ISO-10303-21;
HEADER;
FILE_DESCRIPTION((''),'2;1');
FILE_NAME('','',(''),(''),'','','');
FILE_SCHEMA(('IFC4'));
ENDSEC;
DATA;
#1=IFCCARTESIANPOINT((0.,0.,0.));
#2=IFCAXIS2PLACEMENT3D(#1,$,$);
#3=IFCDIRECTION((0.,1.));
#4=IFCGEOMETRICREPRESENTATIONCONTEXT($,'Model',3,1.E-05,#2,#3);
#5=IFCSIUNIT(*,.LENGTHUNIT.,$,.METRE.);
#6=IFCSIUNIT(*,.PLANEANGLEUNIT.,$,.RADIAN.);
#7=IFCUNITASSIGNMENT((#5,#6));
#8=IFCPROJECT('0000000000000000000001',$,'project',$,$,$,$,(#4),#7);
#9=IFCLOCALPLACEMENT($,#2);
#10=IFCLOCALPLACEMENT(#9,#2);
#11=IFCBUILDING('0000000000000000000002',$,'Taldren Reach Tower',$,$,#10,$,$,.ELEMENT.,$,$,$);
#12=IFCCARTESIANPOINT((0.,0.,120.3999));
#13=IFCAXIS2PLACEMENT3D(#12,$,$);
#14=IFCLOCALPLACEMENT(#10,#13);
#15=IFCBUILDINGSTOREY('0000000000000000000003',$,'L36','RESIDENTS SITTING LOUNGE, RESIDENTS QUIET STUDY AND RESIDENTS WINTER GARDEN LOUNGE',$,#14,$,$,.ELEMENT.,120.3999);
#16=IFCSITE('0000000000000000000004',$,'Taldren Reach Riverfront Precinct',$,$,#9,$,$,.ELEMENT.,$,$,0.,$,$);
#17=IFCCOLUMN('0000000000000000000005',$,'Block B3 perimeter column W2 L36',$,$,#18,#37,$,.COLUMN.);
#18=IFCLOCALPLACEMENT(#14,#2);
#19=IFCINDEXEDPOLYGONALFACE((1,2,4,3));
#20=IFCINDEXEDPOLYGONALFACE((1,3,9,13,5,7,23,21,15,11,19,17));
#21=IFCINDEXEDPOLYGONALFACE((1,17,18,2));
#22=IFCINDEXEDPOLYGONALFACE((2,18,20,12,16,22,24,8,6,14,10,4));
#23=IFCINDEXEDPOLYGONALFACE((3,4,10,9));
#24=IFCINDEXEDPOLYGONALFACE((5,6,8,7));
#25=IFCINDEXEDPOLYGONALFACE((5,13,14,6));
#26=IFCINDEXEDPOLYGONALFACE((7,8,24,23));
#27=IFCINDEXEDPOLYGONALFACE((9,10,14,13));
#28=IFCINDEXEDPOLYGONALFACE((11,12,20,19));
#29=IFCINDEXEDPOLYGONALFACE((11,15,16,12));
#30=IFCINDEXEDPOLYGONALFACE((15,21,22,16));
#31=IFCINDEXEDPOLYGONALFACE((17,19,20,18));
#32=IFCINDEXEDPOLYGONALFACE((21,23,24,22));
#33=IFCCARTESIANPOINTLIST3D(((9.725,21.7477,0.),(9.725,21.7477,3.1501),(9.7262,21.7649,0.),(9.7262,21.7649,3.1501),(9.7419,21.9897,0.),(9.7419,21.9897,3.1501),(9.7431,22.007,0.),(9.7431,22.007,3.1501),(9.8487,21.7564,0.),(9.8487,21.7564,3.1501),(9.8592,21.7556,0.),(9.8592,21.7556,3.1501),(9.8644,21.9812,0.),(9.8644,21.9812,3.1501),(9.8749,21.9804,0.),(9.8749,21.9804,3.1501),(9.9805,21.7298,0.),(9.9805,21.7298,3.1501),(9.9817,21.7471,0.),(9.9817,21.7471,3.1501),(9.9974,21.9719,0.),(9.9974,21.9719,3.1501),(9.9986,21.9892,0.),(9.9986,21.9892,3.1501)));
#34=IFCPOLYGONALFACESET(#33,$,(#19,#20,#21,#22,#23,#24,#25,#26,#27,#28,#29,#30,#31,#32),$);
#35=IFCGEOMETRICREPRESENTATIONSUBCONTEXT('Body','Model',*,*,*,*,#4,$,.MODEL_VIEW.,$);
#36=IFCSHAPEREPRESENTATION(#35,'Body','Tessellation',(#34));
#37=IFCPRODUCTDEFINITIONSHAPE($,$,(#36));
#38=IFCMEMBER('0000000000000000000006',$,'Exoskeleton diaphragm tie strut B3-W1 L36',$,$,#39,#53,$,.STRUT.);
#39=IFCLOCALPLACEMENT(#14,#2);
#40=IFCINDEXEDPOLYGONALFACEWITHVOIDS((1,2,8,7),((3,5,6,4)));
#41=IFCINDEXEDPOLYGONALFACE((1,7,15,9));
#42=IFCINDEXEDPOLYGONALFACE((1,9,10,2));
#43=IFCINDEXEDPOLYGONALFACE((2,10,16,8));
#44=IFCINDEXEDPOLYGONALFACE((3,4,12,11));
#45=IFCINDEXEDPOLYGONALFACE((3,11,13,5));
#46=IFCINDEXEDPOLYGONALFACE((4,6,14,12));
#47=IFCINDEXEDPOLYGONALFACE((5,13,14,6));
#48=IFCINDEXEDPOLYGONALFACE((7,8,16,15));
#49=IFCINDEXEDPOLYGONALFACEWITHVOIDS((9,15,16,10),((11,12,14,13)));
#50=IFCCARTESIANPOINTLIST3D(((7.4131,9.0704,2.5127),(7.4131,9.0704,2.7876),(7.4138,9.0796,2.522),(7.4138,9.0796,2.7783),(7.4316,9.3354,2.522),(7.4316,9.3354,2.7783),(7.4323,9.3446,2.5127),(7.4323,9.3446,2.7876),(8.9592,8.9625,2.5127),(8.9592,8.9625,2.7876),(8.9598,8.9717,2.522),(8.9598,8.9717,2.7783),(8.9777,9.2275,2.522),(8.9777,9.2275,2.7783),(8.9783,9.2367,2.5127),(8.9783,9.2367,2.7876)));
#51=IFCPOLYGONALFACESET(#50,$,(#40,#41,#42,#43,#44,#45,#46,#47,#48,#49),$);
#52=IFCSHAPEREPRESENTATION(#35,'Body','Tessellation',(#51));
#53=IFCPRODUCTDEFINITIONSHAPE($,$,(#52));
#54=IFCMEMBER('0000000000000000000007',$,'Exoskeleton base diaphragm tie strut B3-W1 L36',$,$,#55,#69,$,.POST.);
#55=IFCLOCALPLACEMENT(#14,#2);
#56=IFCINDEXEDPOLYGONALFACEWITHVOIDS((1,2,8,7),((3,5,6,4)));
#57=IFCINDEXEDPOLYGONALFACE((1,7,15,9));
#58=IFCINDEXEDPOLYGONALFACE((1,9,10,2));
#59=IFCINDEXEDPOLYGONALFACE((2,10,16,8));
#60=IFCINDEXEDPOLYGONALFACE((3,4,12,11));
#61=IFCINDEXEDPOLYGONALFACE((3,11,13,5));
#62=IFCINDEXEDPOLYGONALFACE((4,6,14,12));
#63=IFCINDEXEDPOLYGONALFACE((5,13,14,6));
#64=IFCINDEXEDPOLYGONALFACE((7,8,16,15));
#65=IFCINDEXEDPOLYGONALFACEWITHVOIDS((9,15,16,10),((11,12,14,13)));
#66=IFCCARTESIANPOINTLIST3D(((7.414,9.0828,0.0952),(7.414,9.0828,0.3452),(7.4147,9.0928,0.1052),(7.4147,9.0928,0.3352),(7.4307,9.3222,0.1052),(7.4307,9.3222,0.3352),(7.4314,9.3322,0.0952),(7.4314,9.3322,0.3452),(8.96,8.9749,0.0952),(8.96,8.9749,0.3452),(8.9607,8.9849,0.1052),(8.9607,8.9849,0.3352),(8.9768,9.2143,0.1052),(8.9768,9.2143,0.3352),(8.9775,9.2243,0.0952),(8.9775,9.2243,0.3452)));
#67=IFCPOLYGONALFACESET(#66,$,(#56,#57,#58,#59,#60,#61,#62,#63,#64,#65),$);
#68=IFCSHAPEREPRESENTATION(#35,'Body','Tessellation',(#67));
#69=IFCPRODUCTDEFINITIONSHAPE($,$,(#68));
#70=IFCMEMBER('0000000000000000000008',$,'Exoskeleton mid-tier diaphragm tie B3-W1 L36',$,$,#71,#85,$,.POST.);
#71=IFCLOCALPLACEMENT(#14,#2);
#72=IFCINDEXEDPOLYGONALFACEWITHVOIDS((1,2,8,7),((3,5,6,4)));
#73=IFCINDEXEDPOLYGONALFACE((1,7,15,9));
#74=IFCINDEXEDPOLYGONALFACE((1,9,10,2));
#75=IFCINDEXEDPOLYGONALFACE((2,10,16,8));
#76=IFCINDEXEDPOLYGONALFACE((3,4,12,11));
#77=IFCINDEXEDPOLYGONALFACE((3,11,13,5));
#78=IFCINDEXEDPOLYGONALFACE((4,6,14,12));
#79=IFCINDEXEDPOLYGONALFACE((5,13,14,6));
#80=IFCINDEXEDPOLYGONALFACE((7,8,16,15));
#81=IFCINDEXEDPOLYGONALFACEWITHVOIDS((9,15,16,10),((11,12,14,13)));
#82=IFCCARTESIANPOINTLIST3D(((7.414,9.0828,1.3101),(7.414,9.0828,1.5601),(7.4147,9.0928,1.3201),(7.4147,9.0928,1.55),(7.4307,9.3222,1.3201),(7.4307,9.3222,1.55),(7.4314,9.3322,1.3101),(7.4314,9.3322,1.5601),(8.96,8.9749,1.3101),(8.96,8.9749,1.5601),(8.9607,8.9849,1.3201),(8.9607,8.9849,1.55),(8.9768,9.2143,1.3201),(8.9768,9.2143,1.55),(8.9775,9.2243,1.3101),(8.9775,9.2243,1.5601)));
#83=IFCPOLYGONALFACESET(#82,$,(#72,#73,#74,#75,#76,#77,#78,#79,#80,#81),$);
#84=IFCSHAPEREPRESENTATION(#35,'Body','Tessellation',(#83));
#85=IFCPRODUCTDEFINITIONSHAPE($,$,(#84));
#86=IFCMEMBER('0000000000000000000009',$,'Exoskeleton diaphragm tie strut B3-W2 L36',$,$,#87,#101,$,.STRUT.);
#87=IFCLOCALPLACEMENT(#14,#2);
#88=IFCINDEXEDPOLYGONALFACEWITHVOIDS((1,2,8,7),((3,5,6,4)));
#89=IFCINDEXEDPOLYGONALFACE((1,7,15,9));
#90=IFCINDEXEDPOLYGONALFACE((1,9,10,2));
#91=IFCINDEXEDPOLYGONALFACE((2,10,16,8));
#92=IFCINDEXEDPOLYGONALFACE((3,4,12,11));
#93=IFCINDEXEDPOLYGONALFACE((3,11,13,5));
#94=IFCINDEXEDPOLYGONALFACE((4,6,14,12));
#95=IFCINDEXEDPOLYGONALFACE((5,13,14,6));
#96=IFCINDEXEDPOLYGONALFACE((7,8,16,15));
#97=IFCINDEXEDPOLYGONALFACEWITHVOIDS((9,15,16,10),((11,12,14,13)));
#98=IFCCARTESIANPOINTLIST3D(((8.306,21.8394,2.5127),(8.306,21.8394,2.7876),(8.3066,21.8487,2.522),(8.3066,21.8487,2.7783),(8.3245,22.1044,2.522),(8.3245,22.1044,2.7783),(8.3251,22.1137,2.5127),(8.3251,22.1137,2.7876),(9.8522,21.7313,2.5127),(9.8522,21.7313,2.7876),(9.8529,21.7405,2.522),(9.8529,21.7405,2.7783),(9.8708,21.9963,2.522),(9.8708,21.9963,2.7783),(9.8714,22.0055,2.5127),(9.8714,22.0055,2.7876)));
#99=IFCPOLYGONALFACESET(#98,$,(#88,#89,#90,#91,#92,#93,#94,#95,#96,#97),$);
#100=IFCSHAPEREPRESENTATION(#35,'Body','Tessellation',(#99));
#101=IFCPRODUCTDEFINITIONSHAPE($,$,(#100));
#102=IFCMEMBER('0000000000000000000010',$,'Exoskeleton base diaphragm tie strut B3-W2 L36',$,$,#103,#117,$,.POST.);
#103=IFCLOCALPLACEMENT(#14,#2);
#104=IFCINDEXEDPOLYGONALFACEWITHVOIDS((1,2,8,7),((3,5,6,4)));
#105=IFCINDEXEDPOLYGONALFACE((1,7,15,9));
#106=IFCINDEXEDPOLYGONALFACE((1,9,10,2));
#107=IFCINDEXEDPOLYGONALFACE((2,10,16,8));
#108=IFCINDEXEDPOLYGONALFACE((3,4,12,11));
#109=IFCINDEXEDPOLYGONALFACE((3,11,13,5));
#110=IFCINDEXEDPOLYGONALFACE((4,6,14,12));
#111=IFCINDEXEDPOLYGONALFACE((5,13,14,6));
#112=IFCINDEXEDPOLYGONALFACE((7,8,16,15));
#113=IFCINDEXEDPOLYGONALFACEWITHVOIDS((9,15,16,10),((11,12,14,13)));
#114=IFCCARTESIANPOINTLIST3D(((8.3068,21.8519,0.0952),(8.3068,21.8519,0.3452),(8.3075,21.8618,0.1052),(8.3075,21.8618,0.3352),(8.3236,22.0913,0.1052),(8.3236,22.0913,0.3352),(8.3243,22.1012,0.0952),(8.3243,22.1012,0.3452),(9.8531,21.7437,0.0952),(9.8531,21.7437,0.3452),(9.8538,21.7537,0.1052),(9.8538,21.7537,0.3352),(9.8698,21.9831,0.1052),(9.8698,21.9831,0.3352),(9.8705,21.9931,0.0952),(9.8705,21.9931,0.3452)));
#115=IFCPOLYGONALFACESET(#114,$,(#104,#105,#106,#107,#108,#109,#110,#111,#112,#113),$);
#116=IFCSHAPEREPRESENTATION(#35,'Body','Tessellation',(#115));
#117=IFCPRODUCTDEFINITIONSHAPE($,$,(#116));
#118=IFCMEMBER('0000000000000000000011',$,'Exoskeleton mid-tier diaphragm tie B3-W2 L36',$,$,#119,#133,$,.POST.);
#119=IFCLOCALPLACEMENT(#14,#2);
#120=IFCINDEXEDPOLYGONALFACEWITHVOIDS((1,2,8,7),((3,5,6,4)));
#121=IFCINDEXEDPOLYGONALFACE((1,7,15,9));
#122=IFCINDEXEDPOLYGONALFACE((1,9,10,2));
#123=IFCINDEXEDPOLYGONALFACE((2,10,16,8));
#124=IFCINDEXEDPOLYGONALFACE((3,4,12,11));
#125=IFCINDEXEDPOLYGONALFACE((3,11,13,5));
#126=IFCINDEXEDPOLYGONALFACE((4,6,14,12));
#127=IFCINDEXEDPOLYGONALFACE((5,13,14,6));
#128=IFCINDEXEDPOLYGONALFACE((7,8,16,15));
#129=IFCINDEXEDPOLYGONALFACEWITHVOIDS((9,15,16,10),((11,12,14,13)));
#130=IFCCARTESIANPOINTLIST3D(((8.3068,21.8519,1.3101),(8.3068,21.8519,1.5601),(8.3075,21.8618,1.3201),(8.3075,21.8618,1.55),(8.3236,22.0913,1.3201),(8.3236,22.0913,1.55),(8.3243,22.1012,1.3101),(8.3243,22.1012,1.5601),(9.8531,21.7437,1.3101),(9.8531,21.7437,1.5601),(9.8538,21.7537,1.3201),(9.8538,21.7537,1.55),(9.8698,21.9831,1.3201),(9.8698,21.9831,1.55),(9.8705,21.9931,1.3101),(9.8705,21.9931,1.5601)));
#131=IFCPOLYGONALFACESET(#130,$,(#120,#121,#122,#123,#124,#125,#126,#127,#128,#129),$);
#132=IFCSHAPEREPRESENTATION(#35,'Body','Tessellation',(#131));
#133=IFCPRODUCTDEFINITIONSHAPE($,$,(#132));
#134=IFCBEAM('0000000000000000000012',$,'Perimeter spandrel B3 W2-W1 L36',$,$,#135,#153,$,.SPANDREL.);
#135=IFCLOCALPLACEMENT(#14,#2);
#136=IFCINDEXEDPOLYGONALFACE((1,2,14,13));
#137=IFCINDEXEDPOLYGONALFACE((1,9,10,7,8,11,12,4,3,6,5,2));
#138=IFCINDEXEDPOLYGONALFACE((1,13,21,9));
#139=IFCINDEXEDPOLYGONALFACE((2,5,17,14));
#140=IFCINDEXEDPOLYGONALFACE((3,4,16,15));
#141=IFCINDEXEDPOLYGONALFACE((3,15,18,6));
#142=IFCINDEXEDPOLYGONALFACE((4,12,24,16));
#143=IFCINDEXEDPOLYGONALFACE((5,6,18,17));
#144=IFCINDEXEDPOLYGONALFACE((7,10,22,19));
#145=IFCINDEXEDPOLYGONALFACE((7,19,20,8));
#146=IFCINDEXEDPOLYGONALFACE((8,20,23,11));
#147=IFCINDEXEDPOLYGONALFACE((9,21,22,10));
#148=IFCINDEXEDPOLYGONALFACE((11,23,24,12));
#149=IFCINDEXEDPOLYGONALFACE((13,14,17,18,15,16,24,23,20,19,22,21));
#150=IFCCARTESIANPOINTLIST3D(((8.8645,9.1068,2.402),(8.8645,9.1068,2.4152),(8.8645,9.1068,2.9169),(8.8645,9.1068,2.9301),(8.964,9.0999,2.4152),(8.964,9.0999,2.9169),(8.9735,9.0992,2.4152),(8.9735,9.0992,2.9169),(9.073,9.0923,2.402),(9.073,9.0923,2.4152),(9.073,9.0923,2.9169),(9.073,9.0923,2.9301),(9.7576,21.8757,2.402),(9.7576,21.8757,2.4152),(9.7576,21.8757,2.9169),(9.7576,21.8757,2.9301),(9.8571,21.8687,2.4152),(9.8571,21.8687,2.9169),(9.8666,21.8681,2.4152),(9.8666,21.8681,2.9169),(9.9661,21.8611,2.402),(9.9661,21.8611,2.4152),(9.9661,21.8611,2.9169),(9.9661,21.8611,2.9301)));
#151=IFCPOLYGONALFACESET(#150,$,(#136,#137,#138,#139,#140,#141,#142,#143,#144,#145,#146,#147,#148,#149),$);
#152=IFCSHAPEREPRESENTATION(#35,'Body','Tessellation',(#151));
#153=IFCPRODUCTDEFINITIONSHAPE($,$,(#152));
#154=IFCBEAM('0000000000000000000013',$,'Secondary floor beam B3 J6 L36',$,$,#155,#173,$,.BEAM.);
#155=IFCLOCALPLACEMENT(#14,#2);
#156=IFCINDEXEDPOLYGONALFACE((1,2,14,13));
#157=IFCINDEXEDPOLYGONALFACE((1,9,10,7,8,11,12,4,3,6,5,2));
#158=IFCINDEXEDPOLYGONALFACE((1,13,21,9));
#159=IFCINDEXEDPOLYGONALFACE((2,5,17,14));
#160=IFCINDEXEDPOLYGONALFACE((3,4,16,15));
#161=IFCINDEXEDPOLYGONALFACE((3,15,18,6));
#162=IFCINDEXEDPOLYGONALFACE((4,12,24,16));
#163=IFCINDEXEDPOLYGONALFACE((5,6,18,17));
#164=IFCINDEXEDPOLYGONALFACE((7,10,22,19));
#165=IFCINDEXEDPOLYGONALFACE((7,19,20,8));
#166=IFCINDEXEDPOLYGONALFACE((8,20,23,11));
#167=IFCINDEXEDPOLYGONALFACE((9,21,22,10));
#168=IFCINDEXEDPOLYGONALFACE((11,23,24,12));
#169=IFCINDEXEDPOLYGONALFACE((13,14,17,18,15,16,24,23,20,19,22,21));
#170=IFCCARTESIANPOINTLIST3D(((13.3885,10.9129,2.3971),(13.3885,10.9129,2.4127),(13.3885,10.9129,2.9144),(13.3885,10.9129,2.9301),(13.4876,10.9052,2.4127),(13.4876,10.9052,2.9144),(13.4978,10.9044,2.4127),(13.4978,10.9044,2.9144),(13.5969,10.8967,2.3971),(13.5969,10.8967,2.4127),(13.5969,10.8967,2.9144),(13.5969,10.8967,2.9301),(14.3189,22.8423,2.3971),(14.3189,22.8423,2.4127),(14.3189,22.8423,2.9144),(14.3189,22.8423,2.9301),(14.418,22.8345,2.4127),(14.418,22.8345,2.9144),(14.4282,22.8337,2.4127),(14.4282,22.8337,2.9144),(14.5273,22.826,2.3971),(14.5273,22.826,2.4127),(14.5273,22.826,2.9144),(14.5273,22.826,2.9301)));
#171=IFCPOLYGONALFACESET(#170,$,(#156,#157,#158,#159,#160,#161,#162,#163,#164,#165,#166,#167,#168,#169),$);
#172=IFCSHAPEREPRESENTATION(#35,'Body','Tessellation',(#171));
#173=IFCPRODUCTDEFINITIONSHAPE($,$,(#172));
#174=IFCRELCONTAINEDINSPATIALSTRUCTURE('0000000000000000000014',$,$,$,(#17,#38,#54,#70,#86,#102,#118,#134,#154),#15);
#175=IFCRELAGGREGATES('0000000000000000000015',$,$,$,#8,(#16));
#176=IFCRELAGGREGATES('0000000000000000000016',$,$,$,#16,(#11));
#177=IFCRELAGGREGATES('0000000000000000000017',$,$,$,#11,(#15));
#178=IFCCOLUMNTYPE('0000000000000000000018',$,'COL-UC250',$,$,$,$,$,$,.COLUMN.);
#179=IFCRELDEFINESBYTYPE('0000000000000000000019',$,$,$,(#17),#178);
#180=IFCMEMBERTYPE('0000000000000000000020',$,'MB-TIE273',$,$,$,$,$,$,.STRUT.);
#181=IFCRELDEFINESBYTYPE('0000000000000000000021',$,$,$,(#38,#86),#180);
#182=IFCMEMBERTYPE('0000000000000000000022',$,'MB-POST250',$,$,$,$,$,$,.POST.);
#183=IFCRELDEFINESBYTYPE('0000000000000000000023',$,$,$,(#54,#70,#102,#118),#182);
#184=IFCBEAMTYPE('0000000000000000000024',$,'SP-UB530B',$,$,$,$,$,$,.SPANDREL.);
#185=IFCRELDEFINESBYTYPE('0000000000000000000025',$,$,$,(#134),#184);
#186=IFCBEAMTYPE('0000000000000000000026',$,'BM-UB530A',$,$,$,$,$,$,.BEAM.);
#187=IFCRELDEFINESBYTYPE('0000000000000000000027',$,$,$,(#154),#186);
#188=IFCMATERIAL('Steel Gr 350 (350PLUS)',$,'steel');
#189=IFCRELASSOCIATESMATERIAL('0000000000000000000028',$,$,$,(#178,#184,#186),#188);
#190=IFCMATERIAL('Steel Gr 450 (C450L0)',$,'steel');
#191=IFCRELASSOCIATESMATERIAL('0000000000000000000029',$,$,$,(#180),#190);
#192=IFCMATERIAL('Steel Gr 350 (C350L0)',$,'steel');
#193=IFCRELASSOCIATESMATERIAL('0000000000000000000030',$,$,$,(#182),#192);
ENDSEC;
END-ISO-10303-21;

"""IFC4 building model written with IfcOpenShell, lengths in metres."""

from ifc_helpers import new_model, si_unit, direction, frame, origin, origin_2d, place, context, subcontext, project, spatial, hollow_rectangle, i_section, extrude, source, transform, mapped, material, material_profile, profile_set, type_object, element, save


model = new_model("IFC4")

# Units and contexts
model_context = context("Model", 3, precision=1e-05, world=origin(), true_north=direction((0.0, 1.0)))
body_context = subcontext(model_context, "Body", "Model", "MODEL_VIEW")
ifc_project = project(units=[si_unit("LENGTHUNIT", "METRE"), si_unit("PLANEANGLEUNIT", "RADIAN")], contexts=[model_context])

# Site, building, storey
site_placement = place(None, origin())
site = spatial("IfcSite", under=ifc_project, at=site_placement, Name="Taldren Reach Riverfront Precinct", CompositionType="ELEMENT", RefElevation=0.0)
building_placement = place(site_placement, origin())
building = spatial("IfcBuilding", under=site, at=building_placement, Name="Taldren Reach Tower", CompositionType="ELEMENT")
storey_placement = place(building_placement, frame((0.0, 0.0, 120.3999)))
storey = spatial("IfcBuildingStorey", under=building, at=storey_placement, Name="L36", Description="RESIDENTS SITTING LOUNGE, RESIDENTS QUIET STUDY AND RESIDENTS WINTER GARDEN LOUNGE", CompositionType="ELEMENT", Elevation=120.3999)

# Column
ifc_material_1 = material(Name="Steel Gr 350 (350PLUS)", Category="steel")
ifc_material_profile_1 = material_profile(ifc_material_1, i_section(OverallWidth=0.2561, OverallDepth=0.26, WebThickness=0.0105, FlangeThickness=0.0173, at=origin_2d()), Name="250UC89.5")
ifc_profile_set_1 = profile_set([ifc_material_profile_1], Name="Steel Gr 350 (350PLUS)")
column_type = type_object("IfcColumnType", Name="COL-UC250", PredefinedType="COLUMN", material=ifc_profile_set_1)
shared_shape_1 = source(origin(), body_context, "Body", "SweptSolid", [
    extrude(i_section(OverallWidth=0.2561, OverallDepth=0.26, WebThickness=0.0105, FlangeThickness=0.0173, at=origin_2d()), origin(), (0.0, 0.0, 1.0), 3.1501),
])
column_placement = place(storey_placement, frame((9.8618, 21.8684, 0.0), z_axis=(0.0, 0.0, 1.0), x_axis=(0.997564, -0.069756, 0.0)))
element("IfcColumn", 1, at=column_placement, inside=storey, type_object=column_type, Name="Block B3 perimeter column W2 L36", PredefinedType="COLUMN", context=body_context, shape_type="MappedRepresentation", body=[
    mapped(shared_shape_1, transform((0.0, 0.0, 0.0), scale=1.0)),
])

# Members
ifc_material_2 = material(Name="Steel Gr 450 (C450L0)", Category="steel")
ifc_material_profile_2 = material_profile(ifc_material_2, hollow_rectangle(XDim=0.2749, YDim=0.2749, WallThickness=0.0093, at=origin_2d()), Name="275x275x9.3SHS")
ifc_profile_set_2 = profile_set([ifc_material_profile_2], Name="Steel Gr 450 (C450L0)")
member_type_1 = type_object("IfcMemberType", Name="MB-TIE273", PredefinedType="STRUT", material=ifc_profile_set_2)
shared_shape_2 = source(origin(), body_context, "Body", "SweptSolid", [
    extrude(hollow_rectangle(XDim=0.2749, YDim=0.2749, WallThickness=0.0093, at=origin_2d()), origin(), (0.0, 0.0, 1.0), 1.5498),
])
member_1_placement = place(storey_placement, frame((8.9688, 9.0996, 2.6501), z_axis=(-0.997573, 0.069624, 0.0), x_axis=(-0.069624, -0.997573, 0.0)))
element("IfcMember", 2, at=member_1_placement, inside=storey, type_object=member_type_1, Name="Exoskeleton diaphragm tie strut B3-W1 L36", PredefinedType="STRUT", context=body_context, shape_type="MappedRepresentation", body=[
    mapped(shared_shape_2, transform((0.0, 0.0, 0.0), scale=1.0)),
])
ifc_material_3 = material(Name="Steel Gr 350 (C350L0)", Category="steel")
ifc_material_profile_3 = material_profile(ifc_material_3, hollow_rectangle(XDim=0.25, YDim=0.25, WallThickness=0.01, at=origin_2d()), Name="250x250x10.0SHS")
ifc_profile_set_3 = profile_set([ifc_material_profile_3], Name="Steel Gr 350 (C350L0)")
member_type_2 = type_object("IfcMemberType", Name="MB-POST250", PredefinedType="POST", material=ifc_profile_set_3)
shared_shape_3 = source(origin(), body_context, "Body", "SweptSolid", [
    extrude(hollow_rectangle(XDim=0.25, YDim=0.25, WallThickness=0.01, at=origin_2d()), origin(), (0.0, 0.0, 1.0), 1.5498),
])
for number, where, z_axis, x_axis, name in (
    (3, (8.9688, 9.0996, 0.2202), (-0.997573, 0.069624, 0.0), (-0.069624, -0.997573, 0.0), "Exoskeleton base diaphragm tie strut B3-W1 L36"),
    (4, (8.9688, 9.0996, 1.4351), (-0.997573, 0.069624, 0.0), (-0.069624, -0.997573, 0.0), "Exoskeleton mid-tier diaphragm tie B3-W1 L36"),
):
    element("IfcMember", number, at=place(storey_placement, frame(where, z_axis=z_axis, x_axis=x_axis)), inside=storey, type_object=member_type_2, Name=name, PredefinedType="POST", context=body_context, shape_type="MappedRepresentation", body=[
        mapped(shared_shape_3, transform((0.0, 0.0, 0.0), scale=1.0)),
    ])
shared_shape_4 = source(origin(), body_context, "Body", "SweptSolid", [
    extrude(hollow_rectangle(XDim=0.2749, YDim=0.2749, WallThickness=0.0093, at=origin_2d()), origin(), (0.0, 0.0, 1.0), 1.55),
])
member_2_placement = place(storey_placement, frame((9.8618, 21.8684, 2.6501), z_axis=(-0.997563, 0.06977, 0.0), x_axis=(-0.06977, -0.997563, 0.0)))
element("IfcMember", 5, at=member_2_placement, inside=storey, type_object=member_type_1, Name="Exoskeleton diaphragm tie strut B3-W2 L36", PredefinedType="STRUT", context=body_context, shape_type="MappedRepresentation", body=[
    mapped(shared_shape_4, transform((0.0, 0.0, 0.0), scale=1.0)),
])
shared_shape_5 = source(origin(), body_context, "Body", "SweptSolid", [
    extrude(hollow_rectangle(XDim=0.25, YDim=0.25, WallThickness=0.01, at=origin_2d()), origin(), (0.0, 0.0, 1.0), 1.55),
])
for number, where, z_axis, x_axis, name in (
    (6, (9.8618, 21.8684, 0.2202), (-0.997563, 0.06977, 0.0), (-0.06977, -0.997563, 0.0), "Exoskeleton base diaphragm tie strut B3-W2 L36"),
    (7, (9.8618, 21.8684, 1.4351), (-0.997563, 0.06977, 0.0), (-0.06977, -0.997563, 0.0), "Exoskeleton mid-tier diaphragm tie B3-W2 L36"),
):
    element("IfcMember", number, at=place(storey_placement, frame(where, z_axis=z_axis, x_axis=x_axis)), inside=storey, type_object=member_type_2, Name=name, PredefinedType="POST", context=body_context, shape_type="MappedRepresentation", body=[
        mapped(shared_shape_5, transform((0.0, 0.0, 0.0), scale=1.0)),
    ])

# Beams
ifc_material_profile_4 = material_profile(ifc_material_1, i_section(OverallWidth=0.209, OverallDepth=0.5281, WebThickness=0.0095, FlangeThickness=0.0132, at=origin_2d()), Name="530UB82.0")
ifc_profile_set_4 = profile_set([ifc_material_profile_4], Name="Steel Gr 350 (350PLUS)")
beam_type_1 = type_object("IfcBeamType", Name="SP-UB530B", PredefinedType="SPANDREL", material=ifc_profile_set_4)
shared_shape_6 = source(origin(), body_context, "Body", "SweptSolid", [
    extrude(i_section(OverallWidth=0.209, OverallDepth=0.5281, WebThickness=0.0095, FlangeThickness=0.0132, at=origin_2d()), origin(), (0.0, 0.0, 1.0), 12.8),
])
beam_1_placement = place(storey_placement, frame((9.8618, 21.8684, 2.666), z_axis=(-0.069771, -0.997563, 0.0), x_axis=(0.997563, -0.069771, 0.0)))
element("IfcBeam", 8, at=beam_1_placement, inside=storey, type_object=beam_type_1, Name="Perimeter spandrel B3 W2-W1 L36", PredefinedType="SPANDREL", context=body_context, shape_type="MappedRepresentation", body=[
    mapped(shared_shape_6, transform((0.0, 0.0, 0.0), scale=1.0)),
])
ifc_material_profile_5 = material_profile(ifc_material_1, i_section(OverallWidth=0.209, OverallDepth=0.533, WebThickness=0.0103, FlangeThickness=0.0156, at=origin_2d()), Name="530UB92.4")
ifc_profile_set_5 = profile_set([ifc_material_profile_5], Name="Steel Gr 350 (350PLUS)")
beam_type_2 = type_object("IfcBeamType", Name="BM-UB530A", PredefinedType="BEAM", material=ifc_profile_set_5)
shared_shape_7 = source(origin(), body_context, "Body", "SweptSolid", [
    extrude(i_section(OverallWidth=0.209, OverallDepth=0.533, WebThickness=0.0103, FlangeThickness=0.0156, at=origin_2d()), origin(), (0.0, 0.0, 1.0), 11.9656),
])
beam_2_placement = place(storey_placement, frame((13.4927, 10.9048, 2.6636), z_axis=(0.077757, 0.996972, 0.0), x_axis=(-0.996972, 0.077757, 0.0)))
element("IfcBeam", 9, at=beam_2_placement, inside=storey, type_object=beam_type_2, Name="Secondary floor beam B3 J6 L36", PredefinedType="BEAM", context=body_context, shape_type="MappedRepresentation", body=[
    mapped(shared_shape_7, transform((0.0, 0.0, 0.0), scale=1.0)),
])

save(model, "model.ifc")
